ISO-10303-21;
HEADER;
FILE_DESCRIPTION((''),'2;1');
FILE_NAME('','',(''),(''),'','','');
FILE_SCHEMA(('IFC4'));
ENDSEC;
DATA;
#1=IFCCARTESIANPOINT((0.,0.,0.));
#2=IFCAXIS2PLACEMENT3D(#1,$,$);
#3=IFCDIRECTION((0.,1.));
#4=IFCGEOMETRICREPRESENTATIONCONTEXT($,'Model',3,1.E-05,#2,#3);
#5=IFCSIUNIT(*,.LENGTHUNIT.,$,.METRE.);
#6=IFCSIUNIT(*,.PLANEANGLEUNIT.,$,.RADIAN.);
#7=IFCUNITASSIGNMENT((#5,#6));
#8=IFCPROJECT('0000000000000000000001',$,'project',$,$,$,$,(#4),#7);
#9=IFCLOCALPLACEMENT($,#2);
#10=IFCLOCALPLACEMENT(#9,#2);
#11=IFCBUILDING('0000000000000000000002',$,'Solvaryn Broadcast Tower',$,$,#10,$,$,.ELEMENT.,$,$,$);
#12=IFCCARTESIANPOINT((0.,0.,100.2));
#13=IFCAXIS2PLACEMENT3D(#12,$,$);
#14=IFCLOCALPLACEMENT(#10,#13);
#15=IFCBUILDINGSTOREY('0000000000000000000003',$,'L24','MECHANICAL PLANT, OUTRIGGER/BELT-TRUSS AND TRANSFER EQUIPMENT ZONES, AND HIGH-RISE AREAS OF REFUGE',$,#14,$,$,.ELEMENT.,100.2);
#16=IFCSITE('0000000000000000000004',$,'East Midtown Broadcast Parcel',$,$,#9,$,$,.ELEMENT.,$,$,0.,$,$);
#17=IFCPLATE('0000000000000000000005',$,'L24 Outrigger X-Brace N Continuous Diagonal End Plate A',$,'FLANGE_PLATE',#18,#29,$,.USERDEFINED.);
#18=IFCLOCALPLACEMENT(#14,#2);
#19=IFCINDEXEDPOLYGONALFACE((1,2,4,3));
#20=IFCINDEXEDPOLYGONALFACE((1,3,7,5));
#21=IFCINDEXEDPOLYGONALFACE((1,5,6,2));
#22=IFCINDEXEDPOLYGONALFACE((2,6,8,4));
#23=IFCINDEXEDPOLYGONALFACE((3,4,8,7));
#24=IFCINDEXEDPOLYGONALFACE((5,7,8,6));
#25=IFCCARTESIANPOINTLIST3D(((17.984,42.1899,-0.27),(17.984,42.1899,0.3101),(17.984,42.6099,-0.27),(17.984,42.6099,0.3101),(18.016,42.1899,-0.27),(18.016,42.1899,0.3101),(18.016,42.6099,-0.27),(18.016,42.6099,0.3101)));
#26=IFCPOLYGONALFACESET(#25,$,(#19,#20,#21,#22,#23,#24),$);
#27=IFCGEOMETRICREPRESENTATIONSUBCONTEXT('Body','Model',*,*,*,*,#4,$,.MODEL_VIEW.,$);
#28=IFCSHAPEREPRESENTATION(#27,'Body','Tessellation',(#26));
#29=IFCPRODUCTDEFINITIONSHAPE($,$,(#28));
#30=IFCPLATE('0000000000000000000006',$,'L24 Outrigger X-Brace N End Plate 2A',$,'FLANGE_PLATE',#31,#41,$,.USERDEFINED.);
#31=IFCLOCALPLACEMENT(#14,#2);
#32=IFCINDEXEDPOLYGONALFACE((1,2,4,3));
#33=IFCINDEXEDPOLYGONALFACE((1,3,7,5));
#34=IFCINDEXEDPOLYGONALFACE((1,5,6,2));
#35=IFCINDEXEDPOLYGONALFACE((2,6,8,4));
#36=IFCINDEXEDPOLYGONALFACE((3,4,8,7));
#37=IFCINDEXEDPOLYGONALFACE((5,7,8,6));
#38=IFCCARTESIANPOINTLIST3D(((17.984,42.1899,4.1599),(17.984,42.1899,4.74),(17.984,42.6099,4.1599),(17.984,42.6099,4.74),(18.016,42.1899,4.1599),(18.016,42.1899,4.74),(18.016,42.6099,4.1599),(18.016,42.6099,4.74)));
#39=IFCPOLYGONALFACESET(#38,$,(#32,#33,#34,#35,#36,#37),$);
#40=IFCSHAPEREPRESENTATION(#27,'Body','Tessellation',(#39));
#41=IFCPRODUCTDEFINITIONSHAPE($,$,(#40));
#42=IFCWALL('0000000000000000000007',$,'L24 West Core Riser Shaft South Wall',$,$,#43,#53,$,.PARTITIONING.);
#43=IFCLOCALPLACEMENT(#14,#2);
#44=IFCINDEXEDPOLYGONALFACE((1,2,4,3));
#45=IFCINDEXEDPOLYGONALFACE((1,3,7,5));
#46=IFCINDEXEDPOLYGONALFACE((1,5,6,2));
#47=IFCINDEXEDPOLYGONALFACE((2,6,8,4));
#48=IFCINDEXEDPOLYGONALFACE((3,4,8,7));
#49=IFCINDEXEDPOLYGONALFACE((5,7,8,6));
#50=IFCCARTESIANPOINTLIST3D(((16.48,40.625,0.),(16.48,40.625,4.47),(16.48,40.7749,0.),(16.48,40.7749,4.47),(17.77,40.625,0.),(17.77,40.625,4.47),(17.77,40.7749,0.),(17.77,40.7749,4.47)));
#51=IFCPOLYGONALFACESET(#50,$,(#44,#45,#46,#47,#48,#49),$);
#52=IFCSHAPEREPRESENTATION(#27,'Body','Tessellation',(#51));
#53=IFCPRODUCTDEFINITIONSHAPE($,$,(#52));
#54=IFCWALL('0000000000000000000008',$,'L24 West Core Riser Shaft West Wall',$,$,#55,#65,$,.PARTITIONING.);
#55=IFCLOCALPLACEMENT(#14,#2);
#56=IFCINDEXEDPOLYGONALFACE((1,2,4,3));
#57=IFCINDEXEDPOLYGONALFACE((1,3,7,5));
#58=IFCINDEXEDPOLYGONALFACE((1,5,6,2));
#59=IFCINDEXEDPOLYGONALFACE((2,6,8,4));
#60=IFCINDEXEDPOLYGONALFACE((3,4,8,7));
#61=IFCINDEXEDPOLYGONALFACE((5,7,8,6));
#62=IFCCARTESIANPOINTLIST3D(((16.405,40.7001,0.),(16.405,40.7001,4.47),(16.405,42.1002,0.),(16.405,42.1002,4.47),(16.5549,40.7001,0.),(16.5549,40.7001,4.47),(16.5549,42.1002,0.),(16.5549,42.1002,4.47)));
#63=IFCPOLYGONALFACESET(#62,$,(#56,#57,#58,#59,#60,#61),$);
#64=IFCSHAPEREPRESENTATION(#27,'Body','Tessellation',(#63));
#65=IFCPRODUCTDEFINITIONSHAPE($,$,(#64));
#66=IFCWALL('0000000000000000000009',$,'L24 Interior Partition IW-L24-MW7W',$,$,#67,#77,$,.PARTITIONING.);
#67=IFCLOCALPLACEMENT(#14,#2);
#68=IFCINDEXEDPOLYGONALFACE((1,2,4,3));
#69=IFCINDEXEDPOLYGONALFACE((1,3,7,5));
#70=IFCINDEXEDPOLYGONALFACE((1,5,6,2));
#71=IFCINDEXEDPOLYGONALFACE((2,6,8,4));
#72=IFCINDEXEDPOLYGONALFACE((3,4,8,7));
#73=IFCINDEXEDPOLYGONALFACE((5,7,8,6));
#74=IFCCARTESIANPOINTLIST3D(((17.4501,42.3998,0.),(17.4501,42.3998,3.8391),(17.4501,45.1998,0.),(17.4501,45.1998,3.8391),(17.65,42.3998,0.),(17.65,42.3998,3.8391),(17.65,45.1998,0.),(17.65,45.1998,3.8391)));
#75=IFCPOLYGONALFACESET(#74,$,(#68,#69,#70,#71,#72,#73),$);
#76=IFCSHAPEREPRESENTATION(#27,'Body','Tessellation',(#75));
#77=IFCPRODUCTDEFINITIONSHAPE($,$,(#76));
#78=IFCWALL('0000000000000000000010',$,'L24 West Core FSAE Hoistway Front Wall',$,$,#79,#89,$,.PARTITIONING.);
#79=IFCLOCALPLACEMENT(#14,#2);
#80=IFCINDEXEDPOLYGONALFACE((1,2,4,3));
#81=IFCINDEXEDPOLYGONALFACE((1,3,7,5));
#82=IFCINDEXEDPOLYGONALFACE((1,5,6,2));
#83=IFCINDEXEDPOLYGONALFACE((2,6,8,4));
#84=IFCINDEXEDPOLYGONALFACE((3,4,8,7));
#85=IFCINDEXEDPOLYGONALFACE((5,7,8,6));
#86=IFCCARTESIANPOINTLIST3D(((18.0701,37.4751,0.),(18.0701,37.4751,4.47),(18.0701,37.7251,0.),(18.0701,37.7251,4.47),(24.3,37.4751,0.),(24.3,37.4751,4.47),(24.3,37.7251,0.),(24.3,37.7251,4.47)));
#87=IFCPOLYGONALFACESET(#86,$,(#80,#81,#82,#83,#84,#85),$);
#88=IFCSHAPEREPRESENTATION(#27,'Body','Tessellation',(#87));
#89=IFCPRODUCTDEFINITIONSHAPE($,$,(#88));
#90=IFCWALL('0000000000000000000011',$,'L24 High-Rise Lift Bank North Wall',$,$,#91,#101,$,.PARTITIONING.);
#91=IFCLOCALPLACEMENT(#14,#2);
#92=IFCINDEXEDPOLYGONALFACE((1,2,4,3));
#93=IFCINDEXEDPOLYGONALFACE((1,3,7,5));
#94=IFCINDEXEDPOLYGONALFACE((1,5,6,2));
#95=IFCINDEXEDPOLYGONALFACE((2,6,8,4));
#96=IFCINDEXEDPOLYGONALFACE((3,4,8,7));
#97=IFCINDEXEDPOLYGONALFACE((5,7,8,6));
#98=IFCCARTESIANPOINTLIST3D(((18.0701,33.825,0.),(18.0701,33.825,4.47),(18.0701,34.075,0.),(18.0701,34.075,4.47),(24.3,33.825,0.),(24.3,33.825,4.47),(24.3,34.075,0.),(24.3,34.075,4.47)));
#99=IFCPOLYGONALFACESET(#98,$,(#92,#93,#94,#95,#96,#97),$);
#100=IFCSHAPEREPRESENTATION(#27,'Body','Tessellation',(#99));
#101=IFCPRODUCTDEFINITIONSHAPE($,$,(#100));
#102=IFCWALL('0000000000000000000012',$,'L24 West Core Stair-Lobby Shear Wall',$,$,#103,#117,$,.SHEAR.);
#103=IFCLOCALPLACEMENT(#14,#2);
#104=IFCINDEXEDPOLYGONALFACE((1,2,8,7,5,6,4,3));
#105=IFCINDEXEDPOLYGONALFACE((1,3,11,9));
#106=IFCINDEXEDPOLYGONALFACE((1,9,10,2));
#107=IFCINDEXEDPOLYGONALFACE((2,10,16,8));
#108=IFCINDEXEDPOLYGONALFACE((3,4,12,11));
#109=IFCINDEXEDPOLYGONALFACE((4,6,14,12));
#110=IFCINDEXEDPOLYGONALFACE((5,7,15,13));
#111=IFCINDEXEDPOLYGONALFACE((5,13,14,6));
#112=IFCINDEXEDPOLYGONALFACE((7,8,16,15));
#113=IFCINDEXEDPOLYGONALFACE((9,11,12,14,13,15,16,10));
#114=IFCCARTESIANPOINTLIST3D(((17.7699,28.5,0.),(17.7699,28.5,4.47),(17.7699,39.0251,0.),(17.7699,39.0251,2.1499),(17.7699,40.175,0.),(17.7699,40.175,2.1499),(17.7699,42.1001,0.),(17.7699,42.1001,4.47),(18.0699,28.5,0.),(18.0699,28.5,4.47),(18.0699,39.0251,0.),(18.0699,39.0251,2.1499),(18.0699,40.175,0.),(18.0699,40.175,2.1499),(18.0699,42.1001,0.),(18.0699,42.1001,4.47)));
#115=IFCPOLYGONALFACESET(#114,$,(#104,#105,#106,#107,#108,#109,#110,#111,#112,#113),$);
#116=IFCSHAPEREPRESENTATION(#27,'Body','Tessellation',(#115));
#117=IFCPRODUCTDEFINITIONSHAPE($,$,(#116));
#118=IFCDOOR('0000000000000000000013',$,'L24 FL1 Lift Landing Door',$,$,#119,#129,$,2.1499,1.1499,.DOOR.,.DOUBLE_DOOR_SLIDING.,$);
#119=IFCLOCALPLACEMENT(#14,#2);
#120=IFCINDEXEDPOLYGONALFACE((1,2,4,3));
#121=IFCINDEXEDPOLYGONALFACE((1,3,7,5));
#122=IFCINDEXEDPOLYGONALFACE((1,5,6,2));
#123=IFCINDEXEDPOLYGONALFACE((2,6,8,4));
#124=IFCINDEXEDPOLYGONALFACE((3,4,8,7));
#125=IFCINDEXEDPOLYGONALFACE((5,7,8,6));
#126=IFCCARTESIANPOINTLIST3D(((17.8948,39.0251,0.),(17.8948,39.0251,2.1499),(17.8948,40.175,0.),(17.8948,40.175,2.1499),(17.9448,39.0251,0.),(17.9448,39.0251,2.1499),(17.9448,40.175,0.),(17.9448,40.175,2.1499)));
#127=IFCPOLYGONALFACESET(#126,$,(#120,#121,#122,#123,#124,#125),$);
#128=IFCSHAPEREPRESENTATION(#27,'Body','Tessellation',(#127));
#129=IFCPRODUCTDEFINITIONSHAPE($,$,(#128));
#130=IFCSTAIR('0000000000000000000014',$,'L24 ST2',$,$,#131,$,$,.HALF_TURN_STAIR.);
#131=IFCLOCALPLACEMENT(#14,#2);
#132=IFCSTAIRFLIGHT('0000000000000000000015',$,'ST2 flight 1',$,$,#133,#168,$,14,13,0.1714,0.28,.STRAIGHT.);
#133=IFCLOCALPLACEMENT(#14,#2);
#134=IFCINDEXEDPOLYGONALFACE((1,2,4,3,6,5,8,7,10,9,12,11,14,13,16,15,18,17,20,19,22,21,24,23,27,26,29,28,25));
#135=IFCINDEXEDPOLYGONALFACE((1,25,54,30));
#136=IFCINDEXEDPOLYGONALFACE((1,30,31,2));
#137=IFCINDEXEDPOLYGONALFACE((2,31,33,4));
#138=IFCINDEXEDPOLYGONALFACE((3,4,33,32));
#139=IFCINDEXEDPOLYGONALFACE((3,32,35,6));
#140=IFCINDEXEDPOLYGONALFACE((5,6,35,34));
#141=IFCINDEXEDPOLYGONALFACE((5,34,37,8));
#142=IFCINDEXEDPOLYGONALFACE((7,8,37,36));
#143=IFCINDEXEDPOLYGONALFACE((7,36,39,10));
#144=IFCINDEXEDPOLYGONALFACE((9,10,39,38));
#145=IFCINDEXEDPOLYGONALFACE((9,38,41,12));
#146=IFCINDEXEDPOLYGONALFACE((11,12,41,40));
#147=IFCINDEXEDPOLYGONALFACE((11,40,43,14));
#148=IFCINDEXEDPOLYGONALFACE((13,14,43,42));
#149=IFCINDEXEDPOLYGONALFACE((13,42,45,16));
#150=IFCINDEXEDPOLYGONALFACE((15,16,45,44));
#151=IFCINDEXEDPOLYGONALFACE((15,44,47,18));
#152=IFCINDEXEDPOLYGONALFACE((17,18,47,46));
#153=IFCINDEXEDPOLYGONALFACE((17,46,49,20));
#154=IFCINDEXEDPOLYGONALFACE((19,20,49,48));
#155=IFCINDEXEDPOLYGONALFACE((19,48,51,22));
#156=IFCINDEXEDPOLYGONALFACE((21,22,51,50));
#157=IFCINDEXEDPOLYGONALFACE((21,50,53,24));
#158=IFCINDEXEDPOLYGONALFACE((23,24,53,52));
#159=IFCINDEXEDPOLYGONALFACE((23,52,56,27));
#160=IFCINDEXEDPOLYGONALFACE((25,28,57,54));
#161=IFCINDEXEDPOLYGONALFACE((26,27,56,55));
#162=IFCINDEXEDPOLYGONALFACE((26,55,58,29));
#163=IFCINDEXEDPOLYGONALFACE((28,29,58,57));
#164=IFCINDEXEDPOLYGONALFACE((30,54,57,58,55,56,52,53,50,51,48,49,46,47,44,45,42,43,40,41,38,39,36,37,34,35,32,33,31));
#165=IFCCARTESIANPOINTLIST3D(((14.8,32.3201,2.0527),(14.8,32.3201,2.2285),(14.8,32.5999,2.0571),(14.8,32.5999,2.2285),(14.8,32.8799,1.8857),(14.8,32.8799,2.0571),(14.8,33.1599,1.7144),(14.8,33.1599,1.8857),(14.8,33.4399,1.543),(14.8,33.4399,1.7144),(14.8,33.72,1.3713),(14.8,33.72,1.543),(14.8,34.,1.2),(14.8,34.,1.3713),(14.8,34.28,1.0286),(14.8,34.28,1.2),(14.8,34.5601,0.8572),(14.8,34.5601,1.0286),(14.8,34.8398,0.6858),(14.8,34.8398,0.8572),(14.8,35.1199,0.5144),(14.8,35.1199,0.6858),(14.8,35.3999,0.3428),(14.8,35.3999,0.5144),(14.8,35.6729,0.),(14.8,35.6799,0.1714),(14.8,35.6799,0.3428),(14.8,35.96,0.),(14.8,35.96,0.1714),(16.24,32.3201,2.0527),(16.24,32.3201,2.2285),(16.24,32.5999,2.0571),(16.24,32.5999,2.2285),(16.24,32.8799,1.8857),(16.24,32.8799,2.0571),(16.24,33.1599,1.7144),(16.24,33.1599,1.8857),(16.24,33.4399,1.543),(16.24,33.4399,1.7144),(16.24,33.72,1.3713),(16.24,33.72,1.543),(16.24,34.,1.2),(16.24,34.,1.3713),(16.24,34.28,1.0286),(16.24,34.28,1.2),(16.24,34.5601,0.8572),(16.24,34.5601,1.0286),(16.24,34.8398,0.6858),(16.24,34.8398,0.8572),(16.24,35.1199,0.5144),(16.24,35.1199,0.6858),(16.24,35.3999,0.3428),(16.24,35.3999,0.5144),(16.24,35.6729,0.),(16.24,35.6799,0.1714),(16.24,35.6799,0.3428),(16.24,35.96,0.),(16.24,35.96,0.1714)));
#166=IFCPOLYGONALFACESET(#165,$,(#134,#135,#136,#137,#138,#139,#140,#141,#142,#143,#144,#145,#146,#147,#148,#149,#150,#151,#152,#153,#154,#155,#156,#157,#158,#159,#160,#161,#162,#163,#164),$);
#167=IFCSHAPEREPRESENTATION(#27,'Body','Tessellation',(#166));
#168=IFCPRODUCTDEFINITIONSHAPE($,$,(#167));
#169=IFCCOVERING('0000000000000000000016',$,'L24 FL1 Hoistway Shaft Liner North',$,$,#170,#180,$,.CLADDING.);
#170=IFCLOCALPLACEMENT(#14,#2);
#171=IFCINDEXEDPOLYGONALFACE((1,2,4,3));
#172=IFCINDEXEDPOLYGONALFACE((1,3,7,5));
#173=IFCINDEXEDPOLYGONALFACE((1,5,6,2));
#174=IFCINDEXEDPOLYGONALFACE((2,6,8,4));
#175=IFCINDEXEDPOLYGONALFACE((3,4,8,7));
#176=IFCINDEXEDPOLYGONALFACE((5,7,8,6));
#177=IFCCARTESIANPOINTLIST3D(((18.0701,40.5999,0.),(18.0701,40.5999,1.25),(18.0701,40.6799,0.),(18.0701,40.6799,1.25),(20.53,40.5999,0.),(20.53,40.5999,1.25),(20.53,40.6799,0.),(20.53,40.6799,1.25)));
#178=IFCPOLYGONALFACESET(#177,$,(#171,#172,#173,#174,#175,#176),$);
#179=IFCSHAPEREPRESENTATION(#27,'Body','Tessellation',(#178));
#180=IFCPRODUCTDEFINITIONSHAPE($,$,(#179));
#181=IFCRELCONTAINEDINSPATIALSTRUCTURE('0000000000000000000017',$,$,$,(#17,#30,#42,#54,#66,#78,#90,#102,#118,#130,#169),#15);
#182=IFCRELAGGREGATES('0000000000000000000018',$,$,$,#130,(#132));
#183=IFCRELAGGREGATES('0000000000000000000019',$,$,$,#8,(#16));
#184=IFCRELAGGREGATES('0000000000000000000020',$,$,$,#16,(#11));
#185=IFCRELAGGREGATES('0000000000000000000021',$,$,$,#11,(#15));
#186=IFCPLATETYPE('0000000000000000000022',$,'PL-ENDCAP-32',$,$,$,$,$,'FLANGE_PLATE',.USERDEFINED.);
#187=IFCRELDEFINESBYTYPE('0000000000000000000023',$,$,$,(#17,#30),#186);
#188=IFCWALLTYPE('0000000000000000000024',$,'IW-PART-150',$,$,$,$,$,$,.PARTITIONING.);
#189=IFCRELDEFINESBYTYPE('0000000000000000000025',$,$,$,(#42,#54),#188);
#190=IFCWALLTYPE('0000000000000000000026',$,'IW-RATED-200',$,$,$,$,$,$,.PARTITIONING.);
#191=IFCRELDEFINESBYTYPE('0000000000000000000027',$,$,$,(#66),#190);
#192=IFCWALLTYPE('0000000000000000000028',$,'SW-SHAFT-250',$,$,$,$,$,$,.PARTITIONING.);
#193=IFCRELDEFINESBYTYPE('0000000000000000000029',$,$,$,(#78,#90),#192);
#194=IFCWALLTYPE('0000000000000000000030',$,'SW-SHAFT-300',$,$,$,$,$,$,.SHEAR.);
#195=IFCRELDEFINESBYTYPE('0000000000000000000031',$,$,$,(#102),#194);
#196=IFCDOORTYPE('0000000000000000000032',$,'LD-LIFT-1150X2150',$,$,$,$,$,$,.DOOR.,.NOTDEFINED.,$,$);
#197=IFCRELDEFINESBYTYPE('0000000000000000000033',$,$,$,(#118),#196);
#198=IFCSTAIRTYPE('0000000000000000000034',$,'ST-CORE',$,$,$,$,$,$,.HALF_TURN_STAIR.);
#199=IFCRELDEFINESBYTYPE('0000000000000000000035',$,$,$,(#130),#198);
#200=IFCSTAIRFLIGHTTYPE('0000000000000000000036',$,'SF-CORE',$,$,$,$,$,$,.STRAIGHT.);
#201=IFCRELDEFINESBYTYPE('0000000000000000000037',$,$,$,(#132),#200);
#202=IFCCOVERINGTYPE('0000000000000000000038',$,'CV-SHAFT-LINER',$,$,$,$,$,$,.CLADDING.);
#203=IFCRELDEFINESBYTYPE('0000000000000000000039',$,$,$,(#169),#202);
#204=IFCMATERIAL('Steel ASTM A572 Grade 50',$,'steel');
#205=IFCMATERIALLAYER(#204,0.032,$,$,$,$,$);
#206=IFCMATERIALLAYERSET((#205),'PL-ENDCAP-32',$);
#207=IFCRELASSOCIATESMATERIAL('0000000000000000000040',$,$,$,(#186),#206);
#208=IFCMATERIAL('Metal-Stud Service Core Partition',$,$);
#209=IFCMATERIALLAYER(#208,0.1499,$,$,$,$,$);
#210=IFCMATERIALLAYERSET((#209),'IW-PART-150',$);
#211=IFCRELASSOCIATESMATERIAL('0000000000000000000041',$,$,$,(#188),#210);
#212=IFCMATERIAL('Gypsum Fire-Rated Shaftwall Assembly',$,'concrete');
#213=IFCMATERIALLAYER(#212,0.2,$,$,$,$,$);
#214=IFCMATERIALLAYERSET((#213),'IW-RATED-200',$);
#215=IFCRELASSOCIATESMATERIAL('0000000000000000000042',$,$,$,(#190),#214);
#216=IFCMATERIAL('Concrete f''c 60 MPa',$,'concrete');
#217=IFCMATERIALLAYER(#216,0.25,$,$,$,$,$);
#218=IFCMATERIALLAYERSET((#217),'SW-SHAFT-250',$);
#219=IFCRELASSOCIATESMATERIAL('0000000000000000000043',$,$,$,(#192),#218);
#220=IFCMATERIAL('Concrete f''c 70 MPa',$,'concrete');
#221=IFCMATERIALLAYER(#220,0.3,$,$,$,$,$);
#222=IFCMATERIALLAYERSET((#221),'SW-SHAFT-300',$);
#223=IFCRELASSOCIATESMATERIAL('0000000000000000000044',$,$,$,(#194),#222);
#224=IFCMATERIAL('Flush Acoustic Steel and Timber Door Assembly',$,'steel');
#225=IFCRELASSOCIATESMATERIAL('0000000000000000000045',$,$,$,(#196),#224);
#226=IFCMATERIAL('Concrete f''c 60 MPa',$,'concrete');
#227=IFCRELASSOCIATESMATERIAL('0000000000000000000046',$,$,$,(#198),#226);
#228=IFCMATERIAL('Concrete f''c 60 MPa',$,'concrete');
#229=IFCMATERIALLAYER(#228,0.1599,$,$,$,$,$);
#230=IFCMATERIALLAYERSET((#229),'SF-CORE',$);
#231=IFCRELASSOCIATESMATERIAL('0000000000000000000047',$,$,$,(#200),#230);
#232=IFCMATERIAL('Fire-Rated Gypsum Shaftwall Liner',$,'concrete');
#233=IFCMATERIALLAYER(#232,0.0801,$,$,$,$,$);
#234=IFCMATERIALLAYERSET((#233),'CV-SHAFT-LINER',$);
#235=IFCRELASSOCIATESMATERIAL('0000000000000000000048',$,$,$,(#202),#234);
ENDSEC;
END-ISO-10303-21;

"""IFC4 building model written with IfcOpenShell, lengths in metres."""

from ifc_helpers import new_model, si_unit, direction, frame, frame_2d, origin, origin_2d, place, context, subcontext, project, spatial, polyline, rectangle, outline, extrude, material, layer, layer_set, type_object, element, fill, aggregate, save


model = new_model("IFC4")

# Units and contexts
model_context = context("Model", 3, precision=1e-05, world=origin(), true_north=direction((0.0, 1.0)))
body_context = subcontext(model_context, "Body", "Model", "MODEL_VIEW")
ifc_project = project(units=[si_unit("LENGTHUNIT", "METRE"), si_unit("PLANEANGLEUNIT", "RADIAN")], contexts=[model_context])

# Site, building, storey
site_placement = place(None, origin())
site = spatial("IfcSite", under=ifc_project, at=site_placement, Name="East Midtown Broadcast Parcel", CompositionType="ELEMENT", RefElevation=0.0)
building_placement = place(site_placement, origin())
building = spatial("IfcBuilding", under=site, at=building_placement, Name="Solvaryn Broadcast Tower", CompositionType="ELEMENT")
storey_placement = place(building_placement, frame((0.0, 0.0, 100.2)))
storey = spatial("IfcBuildingStorey", under=building, at=storey_placement, Name="L24", Description="MECHANICAL PLANT, OUTRIGGER/BELT-TRUSS AND TRANSFER EQUIPMENT ZONES, AND HIGH-RISE AREAS OF REFUGE", CompositionType="ELEMENT", Elevation=100.2)

# Plates
ifc_material_1 = material(Name="Steel ASTM A572 Grade 50", Category="steel")
ifc_layer_1 = layer(ifc_material_1, 0.032)
ifc_layer_set_1 = layer_set([ifc_layer_1], Name="PL-ENDCAP-32")
plate_type = type_object("IfcPlateType", Name="PL-ENDCAP-32", ElementType="FLANGE_PLATE", PredefinedType="USERDEFINED", material=ifc_layer_set_1)
for number, where, z_axis, x_axis, name in (
    (1, (18.0, 42.3999, -0.27), (0.0, 0.0, 1.0), (1.0, 0.0, 0.0), "L24 Outrigger X-Brace N Continuous Diagonal End Plate A"),
    (2, (18.0, 42.3999, 4.1599), (0.0, 0.0, 1.0), (1.0, 0.0, 0.0), "L24 Outrigger X-Brace N End Plate 2A"),
):
    element("IfcPlate", number, at=place(storey_placement, frame(where, z_axis=z_axis, x_axis=x_axis)), inside=storey, type_object=plate_type, Name=name, ObjectType="FLANGE_PLATE", PredefinedType="USERDEFINED", context=body_context, shape_type="SweptSolid", body=[
        extrude(rectangle(XDim=0.032, YDim=0.4199, at=origin_2d()), origin(), (0.0, 0.0, 1.0), 0.5801),
    ])

# Walls
ifc_material_2 = material(Name="Metal-Stud Service Core Partition")
ifc_layer_2 = layer(ifc_material_2, 0.1499)
ifc_layer_set_2 = layer_set([ifc_layer_2], Name="IW-PART-150")
wall_type_1 = type_object("IfcWallType", Name="IW-PART-150", PredefinedType="PARTITIONING", material=ifc_layer_set_2)
wall_1_placement = place(storey_placement, frame((16.48, 40.7, 0.0), z_axis=(0.0, 0.0, 1.0), x_axis=(1.0, 0.0, 0.0)))
element("IfcWall", 3, at=wall_1_placement, inside=storey, type_object=wall_type_1, Name="L24 West Core Riser Shaft South Wall", PredefinedType="PARTITIONING", context=body_context, shape_type="SweptSolid", body=[
    extrude(rectangle(XDim=1.29, YDim=0.1499, at=frame_2d((0.645, 0.0))), origin(), (0.0, 0.0, 1.0), 4.47),
])
wall_2_placement = place(storey_placement, frame((16.48, 40.7, 0.0), z_axis=(0.0, 0.0, 1.0), x_axis=(0.0, 1.0, 0.0)))
element("IfcWall", 4, at=wall_2_placement, inside=storey, type_object=wall_type_1, Name="L24 West Core Riser Shaft West Wall", PredefinedType="PARTITIONING", context=body_context, shape_type="SweptSolid", body=[
    extrude(rectangle(XDim=1.4001, YDim=0.1499, at=frame_2d((0.7002, 0.0))), origin(), (0.0, 0.0, 1.0), 4.47),
])
ifc_material_3 = material(Name="Gypsum Fire-Rated Shaftwall Assembly", Category="concrete")
ifc_layer_3 = layer(ifc_material_3, 0.2)
ifc_layer_set_3 = layer_set([ifc_layer_3], Name="IW-RATED-200")
wall_type_2 = type_object("IfcWallType", Name="IW-RATED-200", PredefinedType="PARTITIONING", material=ifc_layer_set_3)
wall_3_placement = place(storey_placement, frame((17.55, 42.3999, 0.0), z_axis=(0.0, 0.0, 1.0), x_axis=(0.0, 1.0, 0.0)))
element("IfcWall", 5, at=wall_3_placement, inside=storey, type_object=wall_type_2, Name="L24 Interior Partition IW-L24-MW7W", PredefinedType="PARTITIONING", context=body_context, shape_type="SweptSolid", body=[
    extrude(rectangle(XDim=2.8, YDim=0.2, at=frame_2d((1.3999, 0.0))), origin(), (0.0, 0.0, 1.0), 3.8391),
])
ifc_material_4 = material(Name="Concrete f'c 60 MPa", Category="concrete")
ifc_layer_4 = layer(ifc_material_4, 0.25)
ifc_layer_set_4 = layer_set([ifc_layer_4], Name="SW-SHAFT-250")
wall_type_3 = type_object("IfcWallType", Name="SW-SHAFT-250", PredefinedType="PARTITIONING", material=ifc_layer_set_4)
for number, where, z_axis, x_axis, name in (
    (6, (18.0701, 37.6001, 0.0), (0.0, 0.0, 1.0), (1.0, 0.0, 0.0), "L24 West Core FSAE Hoistway Front Wall"),
    (7, (24.3, 33.95, 0.0), (0.0, 0.0, 1.0), (-1.0, 0.0, 0.0), "L24 High-Rise Lift Bank North Wall"),
):
    element("IfcWall", number, at=place(storey_placement, frame(where, z_axis=z_axis, x_axis=x_axis)), inside=storey, type_object=wall_type_3, Name=name, PredefinedType="PARTITIONING", context=body_context, shape_type="SweptSolid", body=[
        extrude(rectangle(XDim=6.23, YDim=0.25, at=frame_2d((3.115, 0.0))), origin(), (0.0, 0.0, 1.0), 4.47),
    ])

# Wall, opening, door
ifc_material_5 = material(Name="Concrete f'c 70 MPa", Category="concrete")
ifc_layer_5 = layer(ifc_material_5, 0.3)
ifc_layer_set_5 = layer_set([ifc_layer_5], Name="SW-SHAFT-300")
wall_type_4 = type_object("IfcWallType", Name="SW-SHAFT-300", PredefinedType="SHEAR", material=ifc_layer_set_5)
wall_4_placement = place(storey_placement, frame((17.9199, 42.1001, 0.0), z_axis=(0.0, 0.0, 1.0), x_axis=(0.0, -1.0, 0.0)))
wall_4 = element("IfcWall", 8, at=wall_4_placement, inside=storey, type_object=wall_type_4, Name="L24 West Core Stair-Lobby Shear Wall", PredefinedType="SHEAR", context=body_context, shape_type="SweptSolid", body=[
    extrude(rectangle(XDim=13.6001, YDim=0.3, at=frame_2d((6.8, 0.0))), origin(), (0.0, 0.0, 1.0), 4.47),
])
opening_1_placement = place(wall_4_placement, frame((1.925, 0.0, 0.0)))
opening_1 = element("IfcOpeningElement", 9, at=opening_1_placement, cuts=wall_4, PredefinedType="OPENING", context=body_context, shape_type="SweptSolid", body=[
    extrude(rectangle(XDim=1.1499, YDim=2.1499, at=frame_2d((0.575, 1.075))), frame((0.0, 0.1599, 0.0), z_axis=(0.0, -1.0, 0.0), x_axis=(1.0, 0.0, 0.0)), (0.0, 0.0, 1.0), 0.3201),
])
ifc_material_6 = material(Name="Flush Acoustic Steel and Timber Door Assembly", Category="steel")
door_type_1 = type_object("IfcDoorType", Name="LD-LIFT-1150X2150", OperationType="NOTDEFINED", PredefinedType="DOOR", material=ifc_material_6)
door_1_placement = place(opening_1_placement, origin())
door_1 = element("IfcDoor", 10, at=door_1_placement, inside=storey, type_object=door_type_1, Name="L24 FL1 Lift Landing Door", OperationType="DOUBLE_DOOR_SLIDING", OverallHeight=2.1499, OverallWidth=1.1499, PredefinedType="DOOR", context=body_context, shape_type="SweptSolid", body=[
    extrude(rectangle(XDim=1.1499, YDim=2.1499, at=frame_2d((0.575, 1.075))), frame((0.0, 0.0249, 0.0), z_axis=(0.0, -1.0, 0.0), x_axis=(1.0, 0.0, 0.0)), (0.0, 0.0, 1.0), 0.05),
])
fill(opening_1, door_1)

# Stair, stair flight
ifc_material_7 = material(Name="Concrete f'c 60 MPa", Category="concrete")
stair_type = type_object("IfcStairType", Name="ST-CORE", PredefinedType="HALF_TURN_STAIR", material=ifc_material_7)
stair_placement = place(storey_placement, origin())
stair = element("IfcStair", 11, at=stair_placement, inside=storey, type_object=stair_type, Name="L24 ST2", PredefinedType="HALF_TURN_STAIR")
ifc_material_8 = material(Name="Concrete f'c 60 MPa", Category="concrete")
ifc_layer_6 = layer(ifc_material_8, 0.1599)
ifc_layer_set_6 = layer_set([ifc_layer_6], Name="SF-CORE")
stair_flight_type = type_object("IfcStairFlightType", Name="SF-CORE", PredefinedType="STRAIGHT", material=ifc_layer_set_6)
stair_flight_placement = place(storey_placement, frame((15.52, 35.96, 0.0), z_axis=(0.0, 0.0, 1.0), x_axis=(0.0, -1.0, 0.0)))
stair_flight = element("IfcStairFlight", 12, at=stair_flight_placement, type_object=stair_flight_type, Name="ST2 flight 1", NumberOfRisers=14, NumberOfTreads=13, PredefinedType="STRAIGHT", RiserHeight=0.1714, TreadLength=0.28, context=body_context, shape_type="SweptSolid", body=[
    extrude(outline(polyline([(0.0, 0.0), (0.0, 0.1714), (0.28, 0.1714), (0.28, 0.3428), (0.5601, 0.3428), (0.5601, 0.5144), (0.8401, 0.5144), (0.8401, 0.6858), (1.1201, 0.6858), (1.1201, 0.8572), (1.3999, 0.8572), (1.3999, 1.0286), (1.6799, 1.0286), (1.6799, 1.2), (1.96, 1.2), (1.96, 1.3713), (2.24, 1.3713), (2.24, 1.543), (2.52, 1.543), (2.52, 1.7144), (2.8, 1.7144), (2.8, 1.8857), (3.0801, 1.8857), (3.0801, 2.0571), (3.3601, 2.0571), (3.3601, 2.2285), (3.6399, 2.2285), (3.6399, 2.3999), (3.6399, 2.0527), (0.2871, 0.0), (0.0, 0.0)])), frame((0.0, 0.72, 0.0), z_axis=(0.0, -1.0, 0.0), x_axis=(1.0, 0.0, 0.0)), (0.0, 0.0, 1.0), 1.4399),
])
aggregate(stair, [stair_flight])

# Covering
ifc_material_9 = material(Name="Fire-Rated Gypsum Shaftwall Liner", Category="concrete")
ifc_layer_7 = layer(ifc_material_9, 0.0801)
ifc_layer_set_7 = layer_set([ifc_layer_7], Name="CV-SHAFT-LINER")
covering_type = type_object("IfcCoveringType", Name="CV-SHAFT-LINER", PredefinedType="CLADDING", material=ifc_layer_set_7)
for number, where, z_axis, x_axis, name in (
    (13, (19.3, 40.6399, 0.0), (0.0, 0.0, 1.0), (1.0, 0.0, 0.0), "L24 FL1 Hoistway Shaft Liner North"),
):
    element("IfcCovering", number, at=place(storey_placement, frame(where, z_axis=z_axis, x_axis=x_axis)), inside=storey, type_object=covering_type, Name=name, PredefinedType="CLADDING", context=body_context, shape_type="SweptSolid", body=[
        extrude(rectangle(XDim=2.46, YDim=0.0801, at=origin_2d()), origin(), (0.0, 0.0, 1.0), 1.25),
    ])

save(model, "model.ifc")
